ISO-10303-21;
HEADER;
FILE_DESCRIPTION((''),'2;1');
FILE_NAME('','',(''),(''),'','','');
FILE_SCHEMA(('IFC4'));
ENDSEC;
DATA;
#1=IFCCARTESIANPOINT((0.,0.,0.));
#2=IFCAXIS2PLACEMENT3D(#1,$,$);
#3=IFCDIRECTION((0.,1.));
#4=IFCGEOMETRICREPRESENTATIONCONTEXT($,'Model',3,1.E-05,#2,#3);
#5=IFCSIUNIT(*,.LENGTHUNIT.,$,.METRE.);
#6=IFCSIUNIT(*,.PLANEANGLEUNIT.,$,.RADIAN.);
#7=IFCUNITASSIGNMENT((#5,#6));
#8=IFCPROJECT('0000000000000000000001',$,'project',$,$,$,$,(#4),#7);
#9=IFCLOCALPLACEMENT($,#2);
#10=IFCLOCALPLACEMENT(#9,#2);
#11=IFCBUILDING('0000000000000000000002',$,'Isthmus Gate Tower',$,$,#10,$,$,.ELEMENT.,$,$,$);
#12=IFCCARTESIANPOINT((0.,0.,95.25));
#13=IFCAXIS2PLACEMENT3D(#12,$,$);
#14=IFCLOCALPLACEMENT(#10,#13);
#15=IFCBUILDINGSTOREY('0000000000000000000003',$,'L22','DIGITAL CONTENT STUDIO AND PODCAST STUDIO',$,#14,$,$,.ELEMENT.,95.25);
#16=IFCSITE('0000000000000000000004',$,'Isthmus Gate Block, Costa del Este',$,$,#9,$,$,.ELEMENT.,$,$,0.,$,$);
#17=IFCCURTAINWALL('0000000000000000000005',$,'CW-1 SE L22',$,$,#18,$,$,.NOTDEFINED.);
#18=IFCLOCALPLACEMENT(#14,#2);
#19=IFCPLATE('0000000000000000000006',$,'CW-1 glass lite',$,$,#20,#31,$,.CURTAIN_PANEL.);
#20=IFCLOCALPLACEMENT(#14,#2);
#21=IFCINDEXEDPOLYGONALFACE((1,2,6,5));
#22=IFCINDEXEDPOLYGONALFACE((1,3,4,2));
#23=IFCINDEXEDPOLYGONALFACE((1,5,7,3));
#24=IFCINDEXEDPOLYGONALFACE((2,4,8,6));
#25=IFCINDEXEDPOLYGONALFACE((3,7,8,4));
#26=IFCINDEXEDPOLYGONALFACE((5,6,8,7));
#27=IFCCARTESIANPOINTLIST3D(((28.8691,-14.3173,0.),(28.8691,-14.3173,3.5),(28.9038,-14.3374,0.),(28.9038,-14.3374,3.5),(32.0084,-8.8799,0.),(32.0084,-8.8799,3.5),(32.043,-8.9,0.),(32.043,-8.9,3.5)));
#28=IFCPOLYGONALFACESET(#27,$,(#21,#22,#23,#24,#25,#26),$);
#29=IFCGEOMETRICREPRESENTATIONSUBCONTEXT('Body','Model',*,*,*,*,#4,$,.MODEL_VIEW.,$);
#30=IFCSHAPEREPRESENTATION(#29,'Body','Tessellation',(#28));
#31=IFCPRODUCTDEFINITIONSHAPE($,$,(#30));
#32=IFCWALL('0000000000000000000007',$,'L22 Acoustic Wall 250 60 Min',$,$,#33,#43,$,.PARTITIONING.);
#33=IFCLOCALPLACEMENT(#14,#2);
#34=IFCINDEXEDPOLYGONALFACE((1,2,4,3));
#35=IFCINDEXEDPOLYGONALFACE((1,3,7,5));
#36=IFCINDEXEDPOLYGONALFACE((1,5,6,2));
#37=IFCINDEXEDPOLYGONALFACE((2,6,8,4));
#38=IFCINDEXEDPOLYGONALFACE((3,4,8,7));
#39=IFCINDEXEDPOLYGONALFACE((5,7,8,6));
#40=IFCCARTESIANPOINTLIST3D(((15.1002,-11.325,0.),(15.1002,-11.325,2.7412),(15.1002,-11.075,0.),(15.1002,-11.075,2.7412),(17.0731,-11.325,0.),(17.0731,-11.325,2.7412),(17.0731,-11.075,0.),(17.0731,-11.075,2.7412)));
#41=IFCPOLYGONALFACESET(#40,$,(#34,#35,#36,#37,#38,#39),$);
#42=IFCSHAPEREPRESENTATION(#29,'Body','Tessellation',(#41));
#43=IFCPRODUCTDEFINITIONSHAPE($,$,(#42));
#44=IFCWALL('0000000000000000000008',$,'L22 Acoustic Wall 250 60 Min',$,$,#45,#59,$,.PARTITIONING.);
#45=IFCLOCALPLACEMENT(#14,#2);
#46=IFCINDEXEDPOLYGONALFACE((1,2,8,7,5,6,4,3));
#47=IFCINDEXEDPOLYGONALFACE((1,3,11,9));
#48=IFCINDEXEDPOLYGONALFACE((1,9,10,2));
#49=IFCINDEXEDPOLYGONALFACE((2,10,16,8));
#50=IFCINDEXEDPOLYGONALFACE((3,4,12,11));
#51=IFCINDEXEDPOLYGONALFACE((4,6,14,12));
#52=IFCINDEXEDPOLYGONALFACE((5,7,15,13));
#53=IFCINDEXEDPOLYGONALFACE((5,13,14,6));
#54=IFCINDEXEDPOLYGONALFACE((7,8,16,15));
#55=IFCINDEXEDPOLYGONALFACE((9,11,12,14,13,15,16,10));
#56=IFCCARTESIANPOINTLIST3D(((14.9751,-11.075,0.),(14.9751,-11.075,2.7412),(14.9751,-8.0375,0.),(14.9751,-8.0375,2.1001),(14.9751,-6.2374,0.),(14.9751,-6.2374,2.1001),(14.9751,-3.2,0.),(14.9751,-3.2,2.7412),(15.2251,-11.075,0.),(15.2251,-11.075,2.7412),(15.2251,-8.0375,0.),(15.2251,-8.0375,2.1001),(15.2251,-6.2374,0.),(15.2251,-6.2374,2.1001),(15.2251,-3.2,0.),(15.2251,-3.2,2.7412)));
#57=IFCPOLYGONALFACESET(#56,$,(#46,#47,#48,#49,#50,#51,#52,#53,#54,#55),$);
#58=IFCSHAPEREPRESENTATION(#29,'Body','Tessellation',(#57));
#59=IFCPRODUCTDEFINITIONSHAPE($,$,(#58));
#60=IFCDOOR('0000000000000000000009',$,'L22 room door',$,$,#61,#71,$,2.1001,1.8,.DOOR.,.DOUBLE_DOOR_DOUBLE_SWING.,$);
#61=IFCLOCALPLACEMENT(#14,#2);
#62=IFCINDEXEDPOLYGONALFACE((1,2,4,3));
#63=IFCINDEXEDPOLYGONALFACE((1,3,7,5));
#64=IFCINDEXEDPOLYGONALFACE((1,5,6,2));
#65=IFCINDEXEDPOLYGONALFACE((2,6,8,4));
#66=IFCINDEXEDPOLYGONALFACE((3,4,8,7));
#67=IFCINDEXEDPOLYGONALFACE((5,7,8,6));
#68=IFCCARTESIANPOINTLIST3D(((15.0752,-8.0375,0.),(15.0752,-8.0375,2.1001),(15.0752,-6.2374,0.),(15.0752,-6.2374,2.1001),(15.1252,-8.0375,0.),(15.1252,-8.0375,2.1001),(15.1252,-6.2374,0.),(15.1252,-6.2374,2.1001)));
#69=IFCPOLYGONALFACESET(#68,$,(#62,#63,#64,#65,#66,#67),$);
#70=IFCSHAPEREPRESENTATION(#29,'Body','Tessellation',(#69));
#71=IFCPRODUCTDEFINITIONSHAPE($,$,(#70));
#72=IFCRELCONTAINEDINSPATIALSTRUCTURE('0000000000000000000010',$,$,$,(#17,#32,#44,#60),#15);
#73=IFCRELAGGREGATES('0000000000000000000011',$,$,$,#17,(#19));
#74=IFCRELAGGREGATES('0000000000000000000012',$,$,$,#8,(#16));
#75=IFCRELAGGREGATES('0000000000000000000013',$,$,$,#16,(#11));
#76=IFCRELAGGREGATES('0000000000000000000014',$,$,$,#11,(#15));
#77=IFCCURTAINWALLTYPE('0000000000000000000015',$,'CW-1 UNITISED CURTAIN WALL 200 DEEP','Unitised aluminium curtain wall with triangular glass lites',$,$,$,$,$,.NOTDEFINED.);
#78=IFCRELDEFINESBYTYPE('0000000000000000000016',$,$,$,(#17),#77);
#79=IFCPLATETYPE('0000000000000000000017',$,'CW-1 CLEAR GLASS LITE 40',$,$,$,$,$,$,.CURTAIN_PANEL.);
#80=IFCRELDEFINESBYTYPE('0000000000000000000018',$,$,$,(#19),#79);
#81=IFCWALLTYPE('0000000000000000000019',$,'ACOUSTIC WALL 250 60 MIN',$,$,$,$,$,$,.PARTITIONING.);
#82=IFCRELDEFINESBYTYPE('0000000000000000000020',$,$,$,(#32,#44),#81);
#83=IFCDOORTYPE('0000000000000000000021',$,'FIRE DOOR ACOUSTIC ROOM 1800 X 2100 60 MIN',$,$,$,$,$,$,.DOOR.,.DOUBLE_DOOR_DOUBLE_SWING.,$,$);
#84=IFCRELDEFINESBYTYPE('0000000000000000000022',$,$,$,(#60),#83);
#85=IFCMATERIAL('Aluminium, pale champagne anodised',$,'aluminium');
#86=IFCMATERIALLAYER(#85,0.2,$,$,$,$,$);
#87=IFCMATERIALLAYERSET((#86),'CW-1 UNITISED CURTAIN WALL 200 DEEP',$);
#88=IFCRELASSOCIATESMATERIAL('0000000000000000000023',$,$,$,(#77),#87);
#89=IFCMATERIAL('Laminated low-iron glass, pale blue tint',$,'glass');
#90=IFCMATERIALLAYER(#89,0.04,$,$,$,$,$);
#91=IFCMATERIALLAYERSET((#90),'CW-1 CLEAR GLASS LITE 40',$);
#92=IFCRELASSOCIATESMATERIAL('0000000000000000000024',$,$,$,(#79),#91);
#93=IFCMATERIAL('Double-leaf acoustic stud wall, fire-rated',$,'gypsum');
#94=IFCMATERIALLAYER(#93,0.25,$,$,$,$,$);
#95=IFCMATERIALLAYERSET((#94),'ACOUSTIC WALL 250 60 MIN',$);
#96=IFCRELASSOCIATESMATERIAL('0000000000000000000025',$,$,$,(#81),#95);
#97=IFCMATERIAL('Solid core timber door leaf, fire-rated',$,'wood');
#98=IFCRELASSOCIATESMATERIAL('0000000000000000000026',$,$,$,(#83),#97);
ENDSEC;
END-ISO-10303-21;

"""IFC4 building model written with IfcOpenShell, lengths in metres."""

from ifc_helpers import new_model, si_unit, direction, frame, frame_2d, origin, origin_2d, place, context, subcontext, project, spatial, rectangle, extrude, material, layer, layer_set, type_object, element, fill, aggregate, save


model = new_model("IFC4")

# Units and contexts
model_context = context("Model", 3, precision=1e-05, world=origin(), true_north=direction((0.0, 1.0)))
body_context = subcontext(model_context, "Body", "Model", "MODEL_VIEW")
ifc_project = project(units=[si_unit("LENGTHUNIT", "METRE"), si_unit("PLANEANGLEUNIT", "RADIAN")], contexts=[model_context])

# Site, building, storey
site_placement = place(None, origin())
site = spatial("IfcSite", under=ifc_project, at=site_placement, Name="Isthmus Gate Block, Costa del Este", CompositionType="ELEMENT", RefElevation=0.0)
building_placement = place(site_placement, origin())
building = spatial("IfcBuilding", under=site, at=building_placement, Name="Isthmus Gate Tower", CompositionType="ELEMENT")
storey_placement = place(building_placement, frame((0.0, 0.0, 95.25)))
storey = spatial("IfcBuildingStorey", under=building, at=storey_placement, Name="L22", Description="DIGITAL CONTENT STUDIO AND PODCAST STUDIO", CompositionType="ELEMENT", Elevation=95.25)

# Shared definitions
ifc_material_1 = material(Name="Aluminium, pale champagne anodised", Category="aluminium")
ifc_layer_1 = layer(ifc_material_1, 0.2)
ifc_layer_set_1 = layer_set([ifc_layer_1], Name="CW-1 UNITISED CURTAIN WALL 200 DEEP")
curtain_wall_type = type_object("IfcCurtainWallType", Name="CW-1 UNITISED CURTAIN WALL 200 DEEP", Description="Unitised aluminium curtain wall with triangular glass lites", PredefinedType="NOTDEFINED", material=ifc_layer_set_1)

# Curtain wall
curtain_wall_1_placement = place(storey_placement, origin())
curtain_wall_1 = element("IfcCurtainWall", 1, at=curtain_wall_1_placement, inside=storey, type_object=curtain_wall_type, Name="CW-1 SE L22", PredefinedType="NOTDEFINED")

# Shared definitions
ifc_material_2 = material(Name="Laminated low-iron glass, pale blue tint", Category="glass")
ifc_layer_2 = layer(ifc_material_2, 0.04)
ifc_layer_set_2 = layer_set([ifc_layer_2], Name="CW-1 CLEAR GLASS LITE 40")
plate_type = type_object("IfcPlateType", Name="CW-1 CLEAR GLASS LITE 40", PredefinedType="CURTAIN_PANEL", material=ifc_layer_set_2)

# Plate
plate_1_placement = place(storey_placement, frame((30.4561, -11.6086, 0.0), z_axis=(0.0, 0.0, 1.0), x_axis=(0.5, 0.866025, 0.0)))
plate_1 = element("IfcPlate", 2, at=plate_1_placement, type_object=plate_type, Name="CW-1 glass lite", PredefinedType="CURTAIN_PANEL", context=body_context, shape_type="SweptSolid", body=[
    extrude(rectangle(XDim=6.2786, YDim=0.04, at=origin_2d()), origin(), (0.0, 0.0, 1.0), 3.5),
])
aggregate(curtain_wall_1, [plate_1])

# Wall
ifc_material_3 = material(Name="Double-leaf acoustic stud wall, fire-rated", Category="gypsum")
ifc_layer_3 = layer(ifc_material_3, 0.25)
ifc_layer_set_3 = layer_set([ifc_layer_3], Name="ACOUSTIC WALL 250 60 MIN")
wall_type = type_object("IfcWallType", Name="ACOUSTIC WALL 250 60 MIN", PredefinedType="PARTITIONING", material=ifc_layer_set_3)
wall_1_placement = place(storey_placement, frame((17.073, -11.2, 0.0), z_axis=(0.0, 0.0, 1.0), x_axis=(-1.0, 0.0, 0.0)))
element("IfcWall", 3, at=wall_1_placement, inside=storey, type_object=wall_type, Name="L22 Acoustic Wall 250 60 Min", PredefinedType="PARTITIONING", context=body_context, shape_type="SweptSolid", body=[
    extrude(rectangle(XDim=1.9729, YDim=0.25, at=frame_2d((0.9863, 0.0))), origin(), (0.0, 0.0, 1.0), 2.7412),
])

# Wall, opening, door
wall_2_placement = place(storey_placement, frame((15.1001, -11.075, 0.0), z_axis=(0.0, 0.0, 1.0), x_axis=(0.0, 1.0, 0.0)))
wall_2 = element("IfcWall", 4, at=wall_2_placement, inside=storey, type_object=wall_type, Name="L22 Acoustic Wall 250 60 Min", PredefinedType="PARTITIONING", context=body_context, shape_type="SweptSolid", body=[
    extrude(rectangle(XDim=7.875, YDim=0.25, at=frame_2d((3.9375, 0.0))), origin(), (0.0, 0.0, 1.0), 2.7412),
])
opening_placement = place(wall_2_placement, frame((3.0376, 0.0, 0.0)))
opening = element("IfcOpeningElement", 5, at=opening_placement, cuts=wall_2, PredefinedType="OPENING", context=body_context, shape_type="SweptSolid", body=[
    extrude(rectangle(XDim=1.8, YDim=2.1001, at=frame_2d((0.8999, 1.05))), frame((0.0, 0.135, 0.0), z_axis=(0.0, -1.0, 0.0), x_axis=(1.0, 0.0, 0.0)), (0.0, 0.0, 1.0), 0.27),
])
ifc_material_4 = material(Name="Solid core timber door leaf, fire-rated", Category="wood")
door_type = type_object("IfcDoorType", Name="FIRE DOOR ACOUSTIC ROOM 1800 X 2100 60 MIN", OperationType="DOUBLE_DOOR_DOUBLE_SWING", PredefinedType="DOOR", material=ifc_material_4)
door_placement = place(opening_placement, origin())
door = element("IfcDoor", 6, at=door_placement, inside=storey, type_object=door_type, Name="L22 room door", OperationType="DOUBLE_DOOR_DOUBLE_SWING", OverallHeight=2.1001, OverallWidth=1.8, PredefinedType="DOOR", context=body_context, shape_type="SweptSolid", body=[
    extrude(rectangle(XDim=1.8, YDim=2.1001, at=frame_2d((0.8999, 1.05))), frame((0.0, 0.0249, 0.0), z_axis=(0.0, -1.0, 0.0), x_axis=(1.0, 0.0, 0.0)), (0.0, 0.0, 1.0), 0.05),
])
fill(opening, door)

save(model, "model.ifc")
